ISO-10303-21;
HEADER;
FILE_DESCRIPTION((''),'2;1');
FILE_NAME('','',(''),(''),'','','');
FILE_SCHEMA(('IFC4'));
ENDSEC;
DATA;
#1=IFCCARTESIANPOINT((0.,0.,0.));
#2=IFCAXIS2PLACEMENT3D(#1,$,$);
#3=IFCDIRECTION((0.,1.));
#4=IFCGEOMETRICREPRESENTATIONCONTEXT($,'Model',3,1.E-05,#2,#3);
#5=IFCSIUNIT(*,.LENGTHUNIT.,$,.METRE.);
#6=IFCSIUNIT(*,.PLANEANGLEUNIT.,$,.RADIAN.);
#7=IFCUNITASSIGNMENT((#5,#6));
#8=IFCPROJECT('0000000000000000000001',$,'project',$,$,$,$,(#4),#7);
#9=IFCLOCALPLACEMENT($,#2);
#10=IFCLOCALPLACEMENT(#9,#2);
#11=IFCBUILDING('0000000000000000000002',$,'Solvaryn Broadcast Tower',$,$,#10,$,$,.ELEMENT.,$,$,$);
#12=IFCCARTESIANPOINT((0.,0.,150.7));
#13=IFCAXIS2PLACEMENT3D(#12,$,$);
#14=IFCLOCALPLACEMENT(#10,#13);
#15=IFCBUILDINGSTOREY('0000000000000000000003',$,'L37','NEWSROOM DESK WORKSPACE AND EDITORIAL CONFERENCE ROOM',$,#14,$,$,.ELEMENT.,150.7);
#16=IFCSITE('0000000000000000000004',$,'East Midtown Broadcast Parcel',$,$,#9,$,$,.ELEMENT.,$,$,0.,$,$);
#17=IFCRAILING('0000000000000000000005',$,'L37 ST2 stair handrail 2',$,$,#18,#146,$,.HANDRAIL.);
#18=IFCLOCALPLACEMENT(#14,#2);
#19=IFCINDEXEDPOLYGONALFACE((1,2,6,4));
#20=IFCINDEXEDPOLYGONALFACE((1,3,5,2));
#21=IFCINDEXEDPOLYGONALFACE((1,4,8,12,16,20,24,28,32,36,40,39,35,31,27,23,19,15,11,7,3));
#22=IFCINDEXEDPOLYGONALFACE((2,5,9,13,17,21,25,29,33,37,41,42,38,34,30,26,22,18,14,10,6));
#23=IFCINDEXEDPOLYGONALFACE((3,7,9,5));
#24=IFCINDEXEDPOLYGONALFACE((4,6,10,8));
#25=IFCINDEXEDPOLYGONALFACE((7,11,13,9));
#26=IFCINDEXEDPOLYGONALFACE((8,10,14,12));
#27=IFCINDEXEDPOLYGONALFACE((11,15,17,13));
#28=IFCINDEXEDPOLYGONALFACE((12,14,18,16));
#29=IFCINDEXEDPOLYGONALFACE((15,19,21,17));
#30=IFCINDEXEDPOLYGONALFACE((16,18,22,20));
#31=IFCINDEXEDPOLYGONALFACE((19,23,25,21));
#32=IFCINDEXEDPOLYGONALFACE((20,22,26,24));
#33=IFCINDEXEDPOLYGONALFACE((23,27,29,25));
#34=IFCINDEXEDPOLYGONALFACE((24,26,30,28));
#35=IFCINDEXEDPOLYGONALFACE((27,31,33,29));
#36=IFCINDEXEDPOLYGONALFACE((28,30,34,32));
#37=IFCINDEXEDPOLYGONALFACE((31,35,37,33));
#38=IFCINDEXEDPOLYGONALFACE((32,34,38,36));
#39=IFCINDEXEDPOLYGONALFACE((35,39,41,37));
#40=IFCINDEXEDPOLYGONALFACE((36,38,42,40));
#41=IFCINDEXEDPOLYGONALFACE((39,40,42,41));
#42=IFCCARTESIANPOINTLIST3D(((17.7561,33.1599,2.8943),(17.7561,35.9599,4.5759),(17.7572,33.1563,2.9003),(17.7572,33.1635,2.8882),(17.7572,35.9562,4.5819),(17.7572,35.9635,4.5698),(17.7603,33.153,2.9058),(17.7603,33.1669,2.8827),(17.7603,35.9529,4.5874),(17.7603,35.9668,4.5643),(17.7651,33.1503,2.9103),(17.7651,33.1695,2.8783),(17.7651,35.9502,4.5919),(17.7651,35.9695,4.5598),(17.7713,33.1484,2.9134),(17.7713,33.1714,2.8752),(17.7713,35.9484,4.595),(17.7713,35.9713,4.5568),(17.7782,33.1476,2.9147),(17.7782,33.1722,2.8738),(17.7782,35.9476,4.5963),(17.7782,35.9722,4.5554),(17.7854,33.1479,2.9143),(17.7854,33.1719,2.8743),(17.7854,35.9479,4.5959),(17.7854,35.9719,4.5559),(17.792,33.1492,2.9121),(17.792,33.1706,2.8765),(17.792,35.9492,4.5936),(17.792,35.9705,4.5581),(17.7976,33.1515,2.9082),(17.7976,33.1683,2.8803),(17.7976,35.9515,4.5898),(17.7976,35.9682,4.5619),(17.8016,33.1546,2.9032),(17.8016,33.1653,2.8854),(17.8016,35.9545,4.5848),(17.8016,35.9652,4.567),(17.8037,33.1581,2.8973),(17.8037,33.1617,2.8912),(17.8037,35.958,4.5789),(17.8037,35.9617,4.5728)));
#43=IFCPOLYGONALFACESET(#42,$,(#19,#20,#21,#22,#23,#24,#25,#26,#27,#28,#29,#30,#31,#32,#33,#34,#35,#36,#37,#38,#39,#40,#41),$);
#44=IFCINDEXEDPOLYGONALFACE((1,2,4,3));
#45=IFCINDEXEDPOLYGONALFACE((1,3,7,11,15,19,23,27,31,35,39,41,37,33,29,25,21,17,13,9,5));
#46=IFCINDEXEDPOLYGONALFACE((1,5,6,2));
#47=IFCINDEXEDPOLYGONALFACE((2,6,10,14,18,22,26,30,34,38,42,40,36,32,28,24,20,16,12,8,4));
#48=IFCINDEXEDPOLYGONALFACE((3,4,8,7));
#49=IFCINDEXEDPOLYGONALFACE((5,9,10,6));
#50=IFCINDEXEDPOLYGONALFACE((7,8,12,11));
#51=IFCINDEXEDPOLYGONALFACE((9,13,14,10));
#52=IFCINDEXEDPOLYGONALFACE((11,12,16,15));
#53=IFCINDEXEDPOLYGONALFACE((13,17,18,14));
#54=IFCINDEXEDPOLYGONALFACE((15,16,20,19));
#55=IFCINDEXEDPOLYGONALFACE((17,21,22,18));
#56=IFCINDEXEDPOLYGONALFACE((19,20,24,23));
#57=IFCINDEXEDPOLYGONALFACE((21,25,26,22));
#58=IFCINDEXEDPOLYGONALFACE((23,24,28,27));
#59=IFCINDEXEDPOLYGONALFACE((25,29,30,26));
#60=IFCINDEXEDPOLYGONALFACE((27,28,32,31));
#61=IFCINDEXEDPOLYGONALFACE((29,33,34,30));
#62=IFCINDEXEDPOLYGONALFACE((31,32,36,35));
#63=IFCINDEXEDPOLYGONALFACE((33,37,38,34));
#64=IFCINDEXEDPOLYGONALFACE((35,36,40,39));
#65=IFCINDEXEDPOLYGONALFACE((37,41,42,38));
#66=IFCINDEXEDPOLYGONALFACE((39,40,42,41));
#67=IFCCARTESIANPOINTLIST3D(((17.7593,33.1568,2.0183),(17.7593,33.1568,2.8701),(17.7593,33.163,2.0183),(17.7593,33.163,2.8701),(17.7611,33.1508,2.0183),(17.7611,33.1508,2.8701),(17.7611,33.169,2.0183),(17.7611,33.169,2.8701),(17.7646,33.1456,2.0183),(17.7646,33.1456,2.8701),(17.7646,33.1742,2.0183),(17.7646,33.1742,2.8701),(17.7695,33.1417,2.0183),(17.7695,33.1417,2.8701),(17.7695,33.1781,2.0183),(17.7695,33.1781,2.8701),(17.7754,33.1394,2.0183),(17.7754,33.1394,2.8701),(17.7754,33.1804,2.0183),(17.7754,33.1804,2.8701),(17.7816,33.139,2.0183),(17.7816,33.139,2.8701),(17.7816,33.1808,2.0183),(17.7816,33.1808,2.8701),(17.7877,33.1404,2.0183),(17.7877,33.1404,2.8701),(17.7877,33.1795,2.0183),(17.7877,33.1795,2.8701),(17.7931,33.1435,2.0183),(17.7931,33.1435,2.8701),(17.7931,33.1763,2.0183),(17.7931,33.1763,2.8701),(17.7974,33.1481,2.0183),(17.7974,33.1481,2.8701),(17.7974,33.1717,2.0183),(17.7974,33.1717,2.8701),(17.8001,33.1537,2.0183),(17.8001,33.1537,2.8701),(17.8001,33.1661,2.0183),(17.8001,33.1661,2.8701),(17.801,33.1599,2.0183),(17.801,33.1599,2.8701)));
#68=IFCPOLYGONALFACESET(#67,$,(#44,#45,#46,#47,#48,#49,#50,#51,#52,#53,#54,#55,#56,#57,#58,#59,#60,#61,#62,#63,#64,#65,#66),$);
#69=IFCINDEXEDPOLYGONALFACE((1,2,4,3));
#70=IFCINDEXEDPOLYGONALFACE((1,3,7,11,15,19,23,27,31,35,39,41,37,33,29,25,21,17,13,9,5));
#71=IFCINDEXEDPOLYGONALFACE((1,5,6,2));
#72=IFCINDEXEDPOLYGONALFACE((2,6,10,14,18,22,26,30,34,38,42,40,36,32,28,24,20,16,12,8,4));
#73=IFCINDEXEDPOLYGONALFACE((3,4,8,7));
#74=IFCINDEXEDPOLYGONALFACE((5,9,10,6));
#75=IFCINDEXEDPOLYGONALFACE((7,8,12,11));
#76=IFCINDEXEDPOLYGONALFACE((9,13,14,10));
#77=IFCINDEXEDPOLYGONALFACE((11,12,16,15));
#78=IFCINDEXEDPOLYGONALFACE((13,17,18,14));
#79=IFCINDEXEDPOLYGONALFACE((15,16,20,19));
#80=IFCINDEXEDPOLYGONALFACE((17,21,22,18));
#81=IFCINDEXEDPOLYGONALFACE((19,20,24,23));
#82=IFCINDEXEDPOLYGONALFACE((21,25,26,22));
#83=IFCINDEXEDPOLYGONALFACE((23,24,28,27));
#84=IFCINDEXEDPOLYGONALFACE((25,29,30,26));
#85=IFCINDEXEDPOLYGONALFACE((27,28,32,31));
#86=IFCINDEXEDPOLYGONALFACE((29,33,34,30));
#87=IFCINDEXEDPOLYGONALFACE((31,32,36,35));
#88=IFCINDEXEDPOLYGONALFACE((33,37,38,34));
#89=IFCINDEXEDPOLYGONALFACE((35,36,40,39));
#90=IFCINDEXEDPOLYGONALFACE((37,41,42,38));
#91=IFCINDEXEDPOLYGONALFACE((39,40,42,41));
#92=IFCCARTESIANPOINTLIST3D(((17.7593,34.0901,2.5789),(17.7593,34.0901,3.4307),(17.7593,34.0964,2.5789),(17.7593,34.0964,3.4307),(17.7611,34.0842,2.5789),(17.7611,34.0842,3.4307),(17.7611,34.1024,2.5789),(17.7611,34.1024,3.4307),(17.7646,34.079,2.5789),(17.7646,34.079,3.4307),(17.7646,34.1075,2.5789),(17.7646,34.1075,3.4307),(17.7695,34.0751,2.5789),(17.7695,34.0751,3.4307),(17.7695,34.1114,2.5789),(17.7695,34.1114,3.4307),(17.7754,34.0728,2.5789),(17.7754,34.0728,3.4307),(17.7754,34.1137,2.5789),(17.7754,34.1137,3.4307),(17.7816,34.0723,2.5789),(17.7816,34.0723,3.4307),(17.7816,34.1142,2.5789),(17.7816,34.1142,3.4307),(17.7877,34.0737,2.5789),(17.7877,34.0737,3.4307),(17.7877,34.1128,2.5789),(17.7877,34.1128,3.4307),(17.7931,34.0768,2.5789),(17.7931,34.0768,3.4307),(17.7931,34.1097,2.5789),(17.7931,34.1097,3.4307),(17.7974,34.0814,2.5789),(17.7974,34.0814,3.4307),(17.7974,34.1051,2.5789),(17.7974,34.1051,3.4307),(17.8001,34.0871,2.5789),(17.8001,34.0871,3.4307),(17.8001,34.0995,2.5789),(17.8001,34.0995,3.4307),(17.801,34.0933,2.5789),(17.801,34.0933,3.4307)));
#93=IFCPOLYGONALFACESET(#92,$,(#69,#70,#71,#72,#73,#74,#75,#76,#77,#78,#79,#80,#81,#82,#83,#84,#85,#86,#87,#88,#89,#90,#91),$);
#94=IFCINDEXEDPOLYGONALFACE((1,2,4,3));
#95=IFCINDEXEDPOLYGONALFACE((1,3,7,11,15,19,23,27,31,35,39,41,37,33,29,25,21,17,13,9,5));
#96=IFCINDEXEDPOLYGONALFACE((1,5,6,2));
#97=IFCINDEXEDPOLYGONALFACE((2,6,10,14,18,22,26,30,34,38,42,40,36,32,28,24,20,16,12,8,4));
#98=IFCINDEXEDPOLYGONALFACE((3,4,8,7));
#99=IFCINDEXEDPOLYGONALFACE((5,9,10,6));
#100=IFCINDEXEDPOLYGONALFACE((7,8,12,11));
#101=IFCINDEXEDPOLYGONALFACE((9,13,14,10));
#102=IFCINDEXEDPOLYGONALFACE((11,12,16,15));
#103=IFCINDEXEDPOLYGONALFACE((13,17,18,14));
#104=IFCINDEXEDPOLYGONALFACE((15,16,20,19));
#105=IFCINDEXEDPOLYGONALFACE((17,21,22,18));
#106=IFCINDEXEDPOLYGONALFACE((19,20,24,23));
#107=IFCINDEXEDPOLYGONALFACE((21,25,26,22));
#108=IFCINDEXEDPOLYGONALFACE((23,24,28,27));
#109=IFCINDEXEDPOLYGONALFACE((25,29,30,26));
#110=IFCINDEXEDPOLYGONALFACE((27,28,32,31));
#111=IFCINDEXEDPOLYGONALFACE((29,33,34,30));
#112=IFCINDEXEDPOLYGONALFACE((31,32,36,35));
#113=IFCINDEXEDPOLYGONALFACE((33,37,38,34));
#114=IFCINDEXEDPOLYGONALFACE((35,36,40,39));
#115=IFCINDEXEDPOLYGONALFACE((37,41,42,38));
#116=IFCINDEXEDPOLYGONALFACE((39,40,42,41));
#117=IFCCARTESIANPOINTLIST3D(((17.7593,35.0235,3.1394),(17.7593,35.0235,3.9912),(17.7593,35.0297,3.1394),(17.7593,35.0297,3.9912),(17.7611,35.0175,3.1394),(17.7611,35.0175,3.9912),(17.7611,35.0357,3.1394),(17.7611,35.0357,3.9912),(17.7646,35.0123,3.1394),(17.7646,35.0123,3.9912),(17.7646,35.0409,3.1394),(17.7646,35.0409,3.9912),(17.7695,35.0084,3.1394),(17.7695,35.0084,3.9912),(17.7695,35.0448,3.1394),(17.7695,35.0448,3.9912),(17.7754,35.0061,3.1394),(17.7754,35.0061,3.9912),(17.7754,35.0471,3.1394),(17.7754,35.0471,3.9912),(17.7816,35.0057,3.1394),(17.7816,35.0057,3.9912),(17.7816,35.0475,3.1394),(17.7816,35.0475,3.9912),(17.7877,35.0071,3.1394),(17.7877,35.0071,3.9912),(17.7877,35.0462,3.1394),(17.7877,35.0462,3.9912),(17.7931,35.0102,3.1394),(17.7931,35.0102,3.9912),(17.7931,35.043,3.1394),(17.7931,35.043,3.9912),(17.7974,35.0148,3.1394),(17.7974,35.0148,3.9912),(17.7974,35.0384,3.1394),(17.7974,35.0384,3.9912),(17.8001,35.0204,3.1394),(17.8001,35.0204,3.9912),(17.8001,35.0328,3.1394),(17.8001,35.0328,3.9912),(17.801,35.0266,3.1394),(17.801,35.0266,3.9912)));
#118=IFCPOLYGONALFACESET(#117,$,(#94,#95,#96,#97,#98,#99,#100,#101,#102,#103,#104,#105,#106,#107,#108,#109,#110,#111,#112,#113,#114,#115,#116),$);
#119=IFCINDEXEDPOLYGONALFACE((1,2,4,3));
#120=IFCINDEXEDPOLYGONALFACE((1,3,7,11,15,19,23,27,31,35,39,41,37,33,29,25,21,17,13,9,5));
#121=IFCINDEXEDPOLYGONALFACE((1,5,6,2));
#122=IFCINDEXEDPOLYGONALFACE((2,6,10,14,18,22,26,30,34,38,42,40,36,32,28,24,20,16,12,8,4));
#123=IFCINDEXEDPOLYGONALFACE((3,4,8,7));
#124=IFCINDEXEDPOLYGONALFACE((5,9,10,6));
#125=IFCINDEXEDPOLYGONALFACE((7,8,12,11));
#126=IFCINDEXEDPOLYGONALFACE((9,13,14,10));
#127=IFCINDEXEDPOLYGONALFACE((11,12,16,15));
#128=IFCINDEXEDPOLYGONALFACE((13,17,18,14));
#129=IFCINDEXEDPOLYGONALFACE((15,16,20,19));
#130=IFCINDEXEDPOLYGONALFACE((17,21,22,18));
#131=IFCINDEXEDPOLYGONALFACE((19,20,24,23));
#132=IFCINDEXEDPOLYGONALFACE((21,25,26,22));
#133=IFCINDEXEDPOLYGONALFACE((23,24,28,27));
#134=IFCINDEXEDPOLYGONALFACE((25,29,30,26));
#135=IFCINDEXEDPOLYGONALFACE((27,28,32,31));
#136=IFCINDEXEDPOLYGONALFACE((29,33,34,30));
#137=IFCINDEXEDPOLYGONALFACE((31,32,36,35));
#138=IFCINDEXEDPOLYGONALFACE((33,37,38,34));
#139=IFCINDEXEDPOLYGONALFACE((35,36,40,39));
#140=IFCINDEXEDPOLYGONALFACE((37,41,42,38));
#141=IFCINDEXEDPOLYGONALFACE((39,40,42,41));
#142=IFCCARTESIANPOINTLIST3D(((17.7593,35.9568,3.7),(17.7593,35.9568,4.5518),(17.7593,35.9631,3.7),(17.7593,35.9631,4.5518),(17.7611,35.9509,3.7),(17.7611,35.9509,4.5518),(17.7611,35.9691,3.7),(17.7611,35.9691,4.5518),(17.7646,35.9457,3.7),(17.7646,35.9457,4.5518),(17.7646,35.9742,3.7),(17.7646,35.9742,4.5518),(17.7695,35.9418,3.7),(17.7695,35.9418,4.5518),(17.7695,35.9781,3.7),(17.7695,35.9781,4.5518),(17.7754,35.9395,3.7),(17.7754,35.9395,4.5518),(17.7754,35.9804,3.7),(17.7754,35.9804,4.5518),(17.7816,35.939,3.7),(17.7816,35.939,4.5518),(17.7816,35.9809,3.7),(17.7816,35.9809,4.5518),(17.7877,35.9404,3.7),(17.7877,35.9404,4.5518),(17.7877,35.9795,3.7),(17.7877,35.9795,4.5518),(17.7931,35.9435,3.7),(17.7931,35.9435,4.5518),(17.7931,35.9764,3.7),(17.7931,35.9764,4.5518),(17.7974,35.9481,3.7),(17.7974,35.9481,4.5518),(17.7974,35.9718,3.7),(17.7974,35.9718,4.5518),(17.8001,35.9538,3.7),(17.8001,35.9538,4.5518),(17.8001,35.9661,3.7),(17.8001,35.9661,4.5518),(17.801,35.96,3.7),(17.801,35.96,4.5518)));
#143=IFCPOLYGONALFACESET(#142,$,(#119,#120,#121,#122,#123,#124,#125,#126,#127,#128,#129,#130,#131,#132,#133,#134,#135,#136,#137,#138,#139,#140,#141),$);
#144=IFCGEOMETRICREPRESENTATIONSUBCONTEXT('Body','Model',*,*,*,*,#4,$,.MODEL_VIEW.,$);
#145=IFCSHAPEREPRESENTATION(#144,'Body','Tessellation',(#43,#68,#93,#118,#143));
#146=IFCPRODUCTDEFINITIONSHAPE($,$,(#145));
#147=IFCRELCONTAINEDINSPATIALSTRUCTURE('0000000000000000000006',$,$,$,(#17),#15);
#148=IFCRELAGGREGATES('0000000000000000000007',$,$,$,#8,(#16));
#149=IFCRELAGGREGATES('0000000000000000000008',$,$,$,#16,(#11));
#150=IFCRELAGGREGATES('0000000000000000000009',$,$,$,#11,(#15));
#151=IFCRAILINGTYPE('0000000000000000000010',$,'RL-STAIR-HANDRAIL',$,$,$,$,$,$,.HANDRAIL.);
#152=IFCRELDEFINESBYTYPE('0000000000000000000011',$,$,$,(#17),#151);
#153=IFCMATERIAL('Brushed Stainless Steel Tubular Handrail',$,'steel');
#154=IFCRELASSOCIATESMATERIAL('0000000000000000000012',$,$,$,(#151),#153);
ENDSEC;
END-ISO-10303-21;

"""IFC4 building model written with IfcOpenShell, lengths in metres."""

from ifc_helpers import new_model, si_unit, direction, frame, origin, origin_2d, place, context, subcontext, project, spatial, circle, extrude, material, type_object, element, save


model = new_model("IFC4")

# Units and contexts
model_context = context("Model", 3, precision=1e-05, world=origin(), true_north=direction((0.0, 1.0)))
body_context = subcontext(model_context, "Body", "Model", "MODEL_VIEW")
ifc_project = project(units=[si_unit("LENGTHUNIT", "METRE"), si_unit("PLANEANGLEUNIT", "RADIAN")], contexts=[model_context])

# Site, building, storey
site_placement = place(None, origin())
site = spatial("IfcSite", under=ifc_project, at=site_placement, Name="East Midtown Broadcast Parcel", CompositionType="ELEMENT", RefElevation=0.0)
building_placement = place(site_placement, origin())
building = spatial("IfcBuilding", under=site, at=building_placement, Name="Solvaryn Broadcast Tower", CompositionType="ELEMENT")
storey_placement = place(building_placement, frame((0.0, 0.0, 150.7)))
storey = spatial("IfcBuildingStorey", under=building, at=storey_placement, Name="L37", Description="NEWSROOM DESK WORKSPACE AND EDITORIAL CONFERENCE ROOM", CompositionType="ELEMENT", Elevation=150.7)

# Railing
ifc_material_1 = material(Name="Brushed Stainless Steel Tubular Handrail", Category="steel")
railing_type_1 = type_object("IfcRailingType", Name="RL-STAIR-HANDRAIL", PredefinedType="HANDRAIL", material=ifc_material_1)
railing_1_placement = place(storey_placement, frame((17.78, 33.1599, 2.0183)))
element("IfcRailing", 1, at=railing_1_placement, inside=storey, type_object=railing_type_1, Name="L37 ST2 stair handrail 2", PredefinedType="HANDRAIL", context=body_context, shape_type="SweptSolid", body=[
    extrude(circle(Radius=0.0239, at=origin_2d()), frame((0.0, 0.0, 0.876), z_axis=(0.0, 0.857275, 0.514858), x_axis=(-1.0, 0.0, 0.0)), (0.0, 0.0, 1.0), 3.2661),
    extrude(circle(Radius=0.021, at=origin_2d()), origin(), (0.0, 0.0, 1.0), 0.8518),
    extrude(circle(Radius=0.021, at=origin_2d()), frame((0.0, 0.9333, 0.5605)), (0.0, 0.0, 1.0), 0.8518),
    extrude(circle(Radius=0.021, at=origin_2d()), frame((0.0, 1.8667, 1.1211)), (0.0, 0.0, 1.0), 0.8518),
    extrude(circle(Radius=0.021, at=origin_2d()), frame((0.0, 2.8, 1.6816)), (0.0, 0.0, 1.0), 0.8518),
])

save(model, "model.ifc")
